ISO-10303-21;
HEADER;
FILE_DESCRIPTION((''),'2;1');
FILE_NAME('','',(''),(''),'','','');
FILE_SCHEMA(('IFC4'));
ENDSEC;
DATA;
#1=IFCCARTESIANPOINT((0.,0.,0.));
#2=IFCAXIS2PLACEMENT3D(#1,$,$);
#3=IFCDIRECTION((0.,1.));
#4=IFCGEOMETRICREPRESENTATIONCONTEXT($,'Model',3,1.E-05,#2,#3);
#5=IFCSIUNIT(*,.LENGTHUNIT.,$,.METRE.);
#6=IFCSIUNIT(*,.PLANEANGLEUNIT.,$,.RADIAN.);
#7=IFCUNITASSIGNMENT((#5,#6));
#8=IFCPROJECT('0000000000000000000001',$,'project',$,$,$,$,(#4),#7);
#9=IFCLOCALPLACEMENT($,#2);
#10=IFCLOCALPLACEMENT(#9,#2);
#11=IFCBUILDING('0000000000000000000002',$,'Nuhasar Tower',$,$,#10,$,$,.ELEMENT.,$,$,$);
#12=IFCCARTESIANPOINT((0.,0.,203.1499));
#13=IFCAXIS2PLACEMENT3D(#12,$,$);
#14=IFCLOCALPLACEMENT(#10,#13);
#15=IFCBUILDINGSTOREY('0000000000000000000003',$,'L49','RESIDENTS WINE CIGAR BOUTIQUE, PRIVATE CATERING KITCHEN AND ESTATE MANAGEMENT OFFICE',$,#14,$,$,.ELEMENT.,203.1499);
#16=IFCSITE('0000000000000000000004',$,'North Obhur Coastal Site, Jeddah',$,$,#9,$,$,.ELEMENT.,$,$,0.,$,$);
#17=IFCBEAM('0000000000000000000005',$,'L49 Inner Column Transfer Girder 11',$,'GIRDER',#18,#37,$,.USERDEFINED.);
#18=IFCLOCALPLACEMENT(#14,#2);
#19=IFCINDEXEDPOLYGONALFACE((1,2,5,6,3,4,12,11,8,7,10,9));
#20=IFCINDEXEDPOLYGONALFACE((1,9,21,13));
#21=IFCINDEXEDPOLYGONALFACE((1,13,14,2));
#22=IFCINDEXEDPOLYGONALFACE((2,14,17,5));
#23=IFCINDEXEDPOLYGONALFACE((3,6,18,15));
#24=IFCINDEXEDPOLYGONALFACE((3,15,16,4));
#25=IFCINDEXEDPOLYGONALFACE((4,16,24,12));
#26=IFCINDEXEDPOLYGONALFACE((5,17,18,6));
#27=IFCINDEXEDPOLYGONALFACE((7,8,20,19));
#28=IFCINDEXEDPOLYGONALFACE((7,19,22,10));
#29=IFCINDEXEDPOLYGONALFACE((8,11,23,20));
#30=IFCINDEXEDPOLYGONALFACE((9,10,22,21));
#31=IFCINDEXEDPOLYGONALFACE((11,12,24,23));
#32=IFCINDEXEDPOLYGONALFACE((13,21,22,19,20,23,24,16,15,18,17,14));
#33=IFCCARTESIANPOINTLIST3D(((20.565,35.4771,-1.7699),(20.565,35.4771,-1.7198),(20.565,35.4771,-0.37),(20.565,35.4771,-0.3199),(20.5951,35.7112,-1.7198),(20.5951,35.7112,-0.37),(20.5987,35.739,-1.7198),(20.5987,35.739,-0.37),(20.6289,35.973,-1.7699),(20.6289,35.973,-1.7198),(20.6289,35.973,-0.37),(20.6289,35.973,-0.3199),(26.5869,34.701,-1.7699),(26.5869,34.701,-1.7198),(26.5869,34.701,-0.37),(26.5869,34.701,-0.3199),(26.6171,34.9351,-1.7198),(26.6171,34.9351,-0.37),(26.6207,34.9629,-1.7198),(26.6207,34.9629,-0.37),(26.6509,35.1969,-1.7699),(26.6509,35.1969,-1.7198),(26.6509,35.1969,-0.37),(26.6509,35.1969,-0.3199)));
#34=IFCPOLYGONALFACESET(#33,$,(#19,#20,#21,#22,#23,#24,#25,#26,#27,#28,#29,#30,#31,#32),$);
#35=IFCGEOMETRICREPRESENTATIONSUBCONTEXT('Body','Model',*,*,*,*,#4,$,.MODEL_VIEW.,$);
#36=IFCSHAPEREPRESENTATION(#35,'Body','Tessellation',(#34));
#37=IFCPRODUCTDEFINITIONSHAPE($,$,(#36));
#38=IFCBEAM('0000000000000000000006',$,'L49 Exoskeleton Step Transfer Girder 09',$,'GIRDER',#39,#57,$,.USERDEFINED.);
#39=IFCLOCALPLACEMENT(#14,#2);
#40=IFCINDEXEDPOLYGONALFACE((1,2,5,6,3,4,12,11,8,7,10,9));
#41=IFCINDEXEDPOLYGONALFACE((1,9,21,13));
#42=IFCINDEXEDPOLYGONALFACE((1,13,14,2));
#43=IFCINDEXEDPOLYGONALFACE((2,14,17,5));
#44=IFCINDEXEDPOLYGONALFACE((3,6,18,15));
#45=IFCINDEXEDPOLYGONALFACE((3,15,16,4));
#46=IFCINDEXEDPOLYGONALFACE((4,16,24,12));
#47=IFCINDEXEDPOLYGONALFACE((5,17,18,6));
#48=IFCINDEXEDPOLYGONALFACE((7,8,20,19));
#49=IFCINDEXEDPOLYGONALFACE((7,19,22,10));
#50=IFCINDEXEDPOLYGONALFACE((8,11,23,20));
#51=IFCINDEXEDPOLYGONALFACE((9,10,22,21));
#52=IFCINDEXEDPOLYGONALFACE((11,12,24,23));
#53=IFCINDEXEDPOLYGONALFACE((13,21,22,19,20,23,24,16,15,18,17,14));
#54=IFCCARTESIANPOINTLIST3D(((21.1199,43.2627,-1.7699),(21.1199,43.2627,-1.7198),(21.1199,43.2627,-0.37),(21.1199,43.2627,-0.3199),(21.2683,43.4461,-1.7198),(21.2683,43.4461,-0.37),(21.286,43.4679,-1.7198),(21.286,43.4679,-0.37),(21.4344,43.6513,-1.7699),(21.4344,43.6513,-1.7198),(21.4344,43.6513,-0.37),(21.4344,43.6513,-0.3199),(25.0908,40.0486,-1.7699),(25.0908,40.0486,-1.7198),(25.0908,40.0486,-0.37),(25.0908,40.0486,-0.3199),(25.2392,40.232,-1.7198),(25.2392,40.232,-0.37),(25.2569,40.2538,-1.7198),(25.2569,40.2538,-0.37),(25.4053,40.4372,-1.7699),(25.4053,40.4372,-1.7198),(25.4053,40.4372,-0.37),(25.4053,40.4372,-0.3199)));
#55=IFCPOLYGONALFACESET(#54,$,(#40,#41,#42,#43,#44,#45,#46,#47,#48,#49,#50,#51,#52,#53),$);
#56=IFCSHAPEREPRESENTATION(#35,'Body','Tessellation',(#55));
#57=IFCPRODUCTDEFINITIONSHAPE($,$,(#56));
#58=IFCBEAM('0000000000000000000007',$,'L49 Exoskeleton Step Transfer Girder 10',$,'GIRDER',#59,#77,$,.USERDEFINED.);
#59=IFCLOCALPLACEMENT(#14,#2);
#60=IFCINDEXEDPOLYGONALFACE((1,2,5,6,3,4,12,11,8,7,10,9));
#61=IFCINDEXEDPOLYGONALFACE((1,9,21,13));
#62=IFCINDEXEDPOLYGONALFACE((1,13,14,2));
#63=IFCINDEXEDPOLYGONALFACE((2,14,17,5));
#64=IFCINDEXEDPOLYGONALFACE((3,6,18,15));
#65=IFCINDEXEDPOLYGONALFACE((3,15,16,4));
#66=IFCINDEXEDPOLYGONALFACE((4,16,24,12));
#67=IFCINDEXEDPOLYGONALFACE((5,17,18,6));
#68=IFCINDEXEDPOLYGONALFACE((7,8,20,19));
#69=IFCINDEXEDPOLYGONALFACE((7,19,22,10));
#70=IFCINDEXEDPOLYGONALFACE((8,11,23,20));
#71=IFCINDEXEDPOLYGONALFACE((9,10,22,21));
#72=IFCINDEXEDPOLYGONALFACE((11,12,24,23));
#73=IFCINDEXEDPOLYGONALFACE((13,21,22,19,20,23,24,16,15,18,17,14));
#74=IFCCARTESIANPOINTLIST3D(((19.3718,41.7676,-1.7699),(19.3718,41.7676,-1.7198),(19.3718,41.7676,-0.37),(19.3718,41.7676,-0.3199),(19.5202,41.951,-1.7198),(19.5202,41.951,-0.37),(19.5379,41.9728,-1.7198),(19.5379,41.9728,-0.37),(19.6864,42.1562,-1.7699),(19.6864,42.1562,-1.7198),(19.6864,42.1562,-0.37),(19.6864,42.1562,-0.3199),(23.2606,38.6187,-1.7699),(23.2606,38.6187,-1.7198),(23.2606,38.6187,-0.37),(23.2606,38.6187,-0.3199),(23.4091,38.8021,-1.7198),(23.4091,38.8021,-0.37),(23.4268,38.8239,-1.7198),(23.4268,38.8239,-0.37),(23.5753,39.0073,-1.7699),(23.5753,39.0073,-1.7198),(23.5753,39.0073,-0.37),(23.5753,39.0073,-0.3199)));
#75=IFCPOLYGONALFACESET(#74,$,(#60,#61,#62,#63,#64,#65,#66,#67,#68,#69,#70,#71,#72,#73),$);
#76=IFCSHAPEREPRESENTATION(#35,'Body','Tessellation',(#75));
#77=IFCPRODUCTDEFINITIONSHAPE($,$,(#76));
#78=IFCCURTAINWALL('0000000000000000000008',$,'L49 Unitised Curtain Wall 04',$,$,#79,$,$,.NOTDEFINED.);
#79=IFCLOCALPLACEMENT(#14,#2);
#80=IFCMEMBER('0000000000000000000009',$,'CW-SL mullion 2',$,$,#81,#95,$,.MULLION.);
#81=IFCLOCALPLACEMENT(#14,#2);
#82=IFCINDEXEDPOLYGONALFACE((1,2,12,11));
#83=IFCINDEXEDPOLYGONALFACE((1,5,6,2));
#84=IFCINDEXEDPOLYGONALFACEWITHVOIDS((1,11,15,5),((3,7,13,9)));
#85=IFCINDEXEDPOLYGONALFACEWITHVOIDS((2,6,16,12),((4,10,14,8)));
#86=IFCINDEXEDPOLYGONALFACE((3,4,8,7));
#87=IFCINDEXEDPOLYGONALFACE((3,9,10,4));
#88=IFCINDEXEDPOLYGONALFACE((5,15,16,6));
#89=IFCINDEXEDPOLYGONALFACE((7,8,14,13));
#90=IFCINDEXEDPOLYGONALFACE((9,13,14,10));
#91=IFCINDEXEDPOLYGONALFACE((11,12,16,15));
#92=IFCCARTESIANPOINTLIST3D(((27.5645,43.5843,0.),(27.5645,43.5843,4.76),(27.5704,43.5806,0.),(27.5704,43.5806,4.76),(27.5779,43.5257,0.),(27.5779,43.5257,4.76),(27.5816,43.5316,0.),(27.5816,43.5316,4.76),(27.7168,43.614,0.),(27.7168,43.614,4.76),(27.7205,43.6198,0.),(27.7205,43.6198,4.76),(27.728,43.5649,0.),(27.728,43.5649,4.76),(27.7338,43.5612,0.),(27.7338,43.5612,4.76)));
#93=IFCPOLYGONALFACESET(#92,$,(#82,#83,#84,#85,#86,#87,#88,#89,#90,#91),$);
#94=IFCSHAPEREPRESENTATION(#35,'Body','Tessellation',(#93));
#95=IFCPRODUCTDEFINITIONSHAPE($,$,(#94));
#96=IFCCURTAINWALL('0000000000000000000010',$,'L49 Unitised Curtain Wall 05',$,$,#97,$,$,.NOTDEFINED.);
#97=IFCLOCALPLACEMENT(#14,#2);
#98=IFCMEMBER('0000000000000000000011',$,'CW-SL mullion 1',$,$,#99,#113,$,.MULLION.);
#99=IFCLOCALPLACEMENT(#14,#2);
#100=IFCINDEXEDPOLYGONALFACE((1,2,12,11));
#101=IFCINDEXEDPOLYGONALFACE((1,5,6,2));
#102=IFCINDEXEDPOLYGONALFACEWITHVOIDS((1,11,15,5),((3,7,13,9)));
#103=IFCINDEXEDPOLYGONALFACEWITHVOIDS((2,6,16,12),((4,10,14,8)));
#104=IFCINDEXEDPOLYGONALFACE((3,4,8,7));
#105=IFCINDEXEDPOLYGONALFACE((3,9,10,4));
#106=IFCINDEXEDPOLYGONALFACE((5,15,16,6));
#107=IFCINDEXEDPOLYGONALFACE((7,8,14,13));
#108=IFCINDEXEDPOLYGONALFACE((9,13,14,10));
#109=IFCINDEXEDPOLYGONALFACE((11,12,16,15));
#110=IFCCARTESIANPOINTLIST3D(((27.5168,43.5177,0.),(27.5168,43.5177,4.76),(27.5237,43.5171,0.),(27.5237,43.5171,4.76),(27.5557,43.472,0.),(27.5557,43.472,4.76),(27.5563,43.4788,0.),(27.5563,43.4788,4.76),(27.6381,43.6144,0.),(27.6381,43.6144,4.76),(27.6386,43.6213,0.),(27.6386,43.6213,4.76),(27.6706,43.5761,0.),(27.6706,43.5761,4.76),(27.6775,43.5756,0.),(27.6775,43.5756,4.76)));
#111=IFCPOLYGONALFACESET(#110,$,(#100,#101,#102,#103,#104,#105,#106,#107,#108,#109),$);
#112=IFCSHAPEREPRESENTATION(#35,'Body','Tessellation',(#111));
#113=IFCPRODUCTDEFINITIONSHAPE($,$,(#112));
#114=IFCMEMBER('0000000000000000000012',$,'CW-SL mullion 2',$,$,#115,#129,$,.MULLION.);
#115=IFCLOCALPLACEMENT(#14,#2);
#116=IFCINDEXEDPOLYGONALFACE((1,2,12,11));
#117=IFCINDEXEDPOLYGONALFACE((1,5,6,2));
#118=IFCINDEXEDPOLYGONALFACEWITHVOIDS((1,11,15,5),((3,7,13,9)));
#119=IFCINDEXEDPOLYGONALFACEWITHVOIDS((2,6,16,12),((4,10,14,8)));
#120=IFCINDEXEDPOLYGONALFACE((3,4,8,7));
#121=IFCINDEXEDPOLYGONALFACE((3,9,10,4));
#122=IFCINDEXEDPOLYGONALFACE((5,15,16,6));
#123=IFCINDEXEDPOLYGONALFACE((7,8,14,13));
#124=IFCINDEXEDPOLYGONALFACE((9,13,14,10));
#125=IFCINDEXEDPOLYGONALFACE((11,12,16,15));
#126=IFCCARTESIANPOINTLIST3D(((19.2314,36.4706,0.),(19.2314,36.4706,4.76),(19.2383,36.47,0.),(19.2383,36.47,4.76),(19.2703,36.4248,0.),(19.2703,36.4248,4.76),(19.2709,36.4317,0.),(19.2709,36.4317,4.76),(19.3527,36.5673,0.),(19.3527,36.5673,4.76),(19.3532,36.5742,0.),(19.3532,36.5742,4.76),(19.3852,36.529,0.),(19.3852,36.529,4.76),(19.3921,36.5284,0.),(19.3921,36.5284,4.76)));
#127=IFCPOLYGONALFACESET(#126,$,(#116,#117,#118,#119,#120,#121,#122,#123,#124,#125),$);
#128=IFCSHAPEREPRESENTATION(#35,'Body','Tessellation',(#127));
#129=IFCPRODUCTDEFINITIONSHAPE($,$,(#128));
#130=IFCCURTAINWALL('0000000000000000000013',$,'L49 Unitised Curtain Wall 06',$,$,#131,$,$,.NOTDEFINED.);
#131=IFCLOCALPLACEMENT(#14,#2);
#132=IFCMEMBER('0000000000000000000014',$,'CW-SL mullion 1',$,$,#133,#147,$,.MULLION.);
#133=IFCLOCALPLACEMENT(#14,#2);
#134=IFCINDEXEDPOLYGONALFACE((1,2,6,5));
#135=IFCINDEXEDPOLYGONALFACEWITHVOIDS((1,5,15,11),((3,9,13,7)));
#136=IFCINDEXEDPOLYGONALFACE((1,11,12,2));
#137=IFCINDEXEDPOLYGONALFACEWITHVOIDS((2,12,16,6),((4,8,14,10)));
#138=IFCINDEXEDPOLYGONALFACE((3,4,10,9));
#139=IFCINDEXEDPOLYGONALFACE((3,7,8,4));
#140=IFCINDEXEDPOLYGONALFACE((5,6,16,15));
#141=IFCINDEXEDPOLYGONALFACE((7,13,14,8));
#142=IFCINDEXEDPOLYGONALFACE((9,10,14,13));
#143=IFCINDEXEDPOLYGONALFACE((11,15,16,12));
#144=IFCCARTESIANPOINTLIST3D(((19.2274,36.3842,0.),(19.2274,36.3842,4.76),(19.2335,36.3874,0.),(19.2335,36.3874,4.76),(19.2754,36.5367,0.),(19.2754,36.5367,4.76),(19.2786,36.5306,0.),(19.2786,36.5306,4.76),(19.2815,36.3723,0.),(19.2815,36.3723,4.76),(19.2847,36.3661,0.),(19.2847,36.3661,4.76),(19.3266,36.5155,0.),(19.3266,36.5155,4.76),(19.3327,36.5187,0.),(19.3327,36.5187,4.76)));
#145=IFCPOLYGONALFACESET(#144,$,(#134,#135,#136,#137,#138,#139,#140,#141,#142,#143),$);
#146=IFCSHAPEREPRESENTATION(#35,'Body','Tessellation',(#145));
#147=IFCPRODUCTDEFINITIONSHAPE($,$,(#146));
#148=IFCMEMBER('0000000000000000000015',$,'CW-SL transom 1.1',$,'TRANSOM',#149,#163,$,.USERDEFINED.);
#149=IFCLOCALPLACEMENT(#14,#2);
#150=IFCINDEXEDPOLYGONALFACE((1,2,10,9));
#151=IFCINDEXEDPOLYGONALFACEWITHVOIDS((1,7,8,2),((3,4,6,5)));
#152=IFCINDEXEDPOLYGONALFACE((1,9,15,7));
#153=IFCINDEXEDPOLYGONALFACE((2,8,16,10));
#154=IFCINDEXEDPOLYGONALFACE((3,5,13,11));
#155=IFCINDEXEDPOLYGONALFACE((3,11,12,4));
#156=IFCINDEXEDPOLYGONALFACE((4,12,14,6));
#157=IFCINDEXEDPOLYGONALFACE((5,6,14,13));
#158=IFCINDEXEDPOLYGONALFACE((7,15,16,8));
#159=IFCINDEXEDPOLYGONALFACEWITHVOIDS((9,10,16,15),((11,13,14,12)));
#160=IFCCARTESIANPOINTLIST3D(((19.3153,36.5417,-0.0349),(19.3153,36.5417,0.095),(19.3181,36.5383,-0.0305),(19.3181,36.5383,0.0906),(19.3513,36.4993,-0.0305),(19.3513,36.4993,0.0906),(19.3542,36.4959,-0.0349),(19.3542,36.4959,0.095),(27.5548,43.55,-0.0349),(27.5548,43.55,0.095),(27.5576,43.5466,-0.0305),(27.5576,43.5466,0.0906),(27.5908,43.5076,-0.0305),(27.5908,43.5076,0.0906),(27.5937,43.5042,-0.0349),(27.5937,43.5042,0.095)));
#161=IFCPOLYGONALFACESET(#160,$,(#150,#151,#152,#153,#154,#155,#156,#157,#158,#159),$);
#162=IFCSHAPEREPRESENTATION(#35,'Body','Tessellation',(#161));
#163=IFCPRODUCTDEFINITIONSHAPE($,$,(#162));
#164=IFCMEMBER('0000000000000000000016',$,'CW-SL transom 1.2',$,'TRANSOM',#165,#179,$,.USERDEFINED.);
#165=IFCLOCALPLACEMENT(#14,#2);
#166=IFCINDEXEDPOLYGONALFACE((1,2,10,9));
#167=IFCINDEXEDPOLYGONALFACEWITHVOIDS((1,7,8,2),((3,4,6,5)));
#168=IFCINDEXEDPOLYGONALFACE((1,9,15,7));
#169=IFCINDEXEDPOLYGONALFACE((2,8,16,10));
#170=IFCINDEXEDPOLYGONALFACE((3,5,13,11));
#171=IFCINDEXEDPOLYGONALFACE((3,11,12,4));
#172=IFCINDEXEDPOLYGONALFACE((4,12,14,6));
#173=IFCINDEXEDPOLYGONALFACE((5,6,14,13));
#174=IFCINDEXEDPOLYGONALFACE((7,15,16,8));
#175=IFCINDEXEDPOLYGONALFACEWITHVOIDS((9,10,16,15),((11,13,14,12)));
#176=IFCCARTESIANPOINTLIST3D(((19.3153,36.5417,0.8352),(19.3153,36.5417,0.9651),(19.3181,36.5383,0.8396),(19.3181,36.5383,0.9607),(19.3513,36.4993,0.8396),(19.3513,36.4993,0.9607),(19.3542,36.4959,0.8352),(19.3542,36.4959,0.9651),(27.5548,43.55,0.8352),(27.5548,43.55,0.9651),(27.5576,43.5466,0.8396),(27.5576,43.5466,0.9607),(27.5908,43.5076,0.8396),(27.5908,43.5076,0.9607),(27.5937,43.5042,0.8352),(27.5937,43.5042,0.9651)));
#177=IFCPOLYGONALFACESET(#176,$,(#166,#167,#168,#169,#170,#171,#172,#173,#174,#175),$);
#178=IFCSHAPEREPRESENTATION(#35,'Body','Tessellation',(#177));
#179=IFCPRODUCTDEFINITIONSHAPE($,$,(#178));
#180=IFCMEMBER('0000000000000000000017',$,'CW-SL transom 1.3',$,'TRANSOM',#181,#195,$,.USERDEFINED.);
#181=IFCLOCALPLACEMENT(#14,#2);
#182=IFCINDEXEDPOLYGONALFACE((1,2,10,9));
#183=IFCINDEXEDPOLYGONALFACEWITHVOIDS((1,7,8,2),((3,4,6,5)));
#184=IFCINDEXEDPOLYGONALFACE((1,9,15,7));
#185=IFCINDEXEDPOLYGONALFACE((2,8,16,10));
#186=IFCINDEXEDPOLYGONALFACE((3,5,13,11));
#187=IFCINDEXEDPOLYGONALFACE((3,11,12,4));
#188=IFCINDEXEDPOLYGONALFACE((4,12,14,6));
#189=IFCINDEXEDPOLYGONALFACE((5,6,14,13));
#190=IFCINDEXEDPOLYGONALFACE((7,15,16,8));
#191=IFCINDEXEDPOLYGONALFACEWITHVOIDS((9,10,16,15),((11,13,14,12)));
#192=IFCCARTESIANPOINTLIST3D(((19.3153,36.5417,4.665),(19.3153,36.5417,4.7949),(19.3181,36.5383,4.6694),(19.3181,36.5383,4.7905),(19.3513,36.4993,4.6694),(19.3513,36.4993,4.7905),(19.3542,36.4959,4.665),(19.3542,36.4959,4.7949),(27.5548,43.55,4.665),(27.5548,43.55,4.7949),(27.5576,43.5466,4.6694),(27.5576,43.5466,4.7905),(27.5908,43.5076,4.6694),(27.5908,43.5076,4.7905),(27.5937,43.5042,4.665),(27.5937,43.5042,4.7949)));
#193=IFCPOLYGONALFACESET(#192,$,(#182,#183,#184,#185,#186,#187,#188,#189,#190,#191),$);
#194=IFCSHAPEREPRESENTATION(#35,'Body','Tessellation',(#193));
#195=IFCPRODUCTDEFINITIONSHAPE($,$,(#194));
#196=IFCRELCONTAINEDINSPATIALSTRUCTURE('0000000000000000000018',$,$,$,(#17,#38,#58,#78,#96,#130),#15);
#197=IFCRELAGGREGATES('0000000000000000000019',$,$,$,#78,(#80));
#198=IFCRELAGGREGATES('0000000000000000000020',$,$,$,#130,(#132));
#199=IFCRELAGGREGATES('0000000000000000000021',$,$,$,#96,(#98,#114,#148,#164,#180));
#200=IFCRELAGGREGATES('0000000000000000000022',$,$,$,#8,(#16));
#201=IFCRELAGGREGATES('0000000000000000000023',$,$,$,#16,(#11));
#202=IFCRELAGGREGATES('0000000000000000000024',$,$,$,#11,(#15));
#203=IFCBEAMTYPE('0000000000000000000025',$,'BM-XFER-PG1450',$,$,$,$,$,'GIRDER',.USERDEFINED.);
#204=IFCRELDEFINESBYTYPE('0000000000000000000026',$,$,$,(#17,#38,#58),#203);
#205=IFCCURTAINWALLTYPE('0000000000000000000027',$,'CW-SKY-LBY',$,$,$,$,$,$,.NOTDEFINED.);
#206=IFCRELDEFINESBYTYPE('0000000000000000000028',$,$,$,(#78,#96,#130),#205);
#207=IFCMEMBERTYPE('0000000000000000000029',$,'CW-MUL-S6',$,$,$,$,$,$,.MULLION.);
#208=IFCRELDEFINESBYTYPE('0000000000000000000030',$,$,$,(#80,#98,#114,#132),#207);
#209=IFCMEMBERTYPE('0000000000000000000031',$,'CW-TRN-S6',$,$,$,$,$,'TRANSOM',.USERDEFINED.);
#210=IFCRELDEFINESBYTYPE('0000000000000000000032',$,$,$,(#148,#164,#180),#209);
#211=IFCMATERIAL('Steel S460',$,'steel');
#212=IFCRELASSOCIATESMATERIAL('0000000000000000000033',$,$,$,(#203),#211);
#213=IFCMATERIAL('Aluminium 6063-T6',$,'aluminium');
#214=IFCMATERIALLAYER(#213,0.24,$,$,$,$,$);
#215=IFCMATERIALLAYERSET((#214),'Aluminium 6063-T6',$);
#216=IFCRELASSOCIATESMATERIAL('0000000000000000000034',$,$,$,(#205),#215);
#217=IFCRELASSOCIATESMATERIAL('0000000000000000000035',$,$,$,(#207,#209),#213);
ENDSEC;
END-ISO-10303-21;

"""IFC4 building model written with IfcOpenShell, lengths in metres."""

from ifc_helpers import new_model, si_unit, direction, frame, origin, origin_2d, place, context, subcontext, project, spatial, hollow_rectangle, i_section, extrude, material, layer, layer_set, material_profile, profile_set, type_object, element, aggregate, save


model = new_model("IFC4")

# Units and contexts
model_context = context("Model", 3, precision=1e-05, world=origin(), true_north=direction((0.0, 1.0)))
body_context = subcontext(model_context, "Body", "Model", "MODEL_VIEW")
ifc_project = project(units=[si_unit("LENGTHUNIT", "METRE"), si_unit("PLANEANGLEUNIT", "RADIAN")], contexts=[model_context])

# Site, building, storey
site_placement = place(None, origin())
site = spatial("IfcSite", under=ifc_project, at=site_placement, Name="North Obhur Coastal Site, Jeddah", CompositionType="ELEMENT", RefElevation=0.0)
building_placement = place(site_placement, origin())
building = spatial("IfcBuilding", under=site, at=building_placement, Name="Nuhasar Tower", CompositionType="ELEMENT")
storey_placement = place(building_placement, frame((0.0, 0.0, 203.1499)))
storey = spatial("IfcBuildingStorey", under=building, at=storey_placement, Name="L49", Description="RESIDENTS WINE CIGAR BOUTIQUE, PRIVATE CATERING KITCHEN AND ESTATE MANAGEMENT OFFICE", CompositionType="ELEMENT", Elevation=203.1499)

# Beams
ifc_material_1 = material(Name="Steel S460", Category="steel")
ifc_material_profile_1 = material_profile(ifc_material_1, i_section(OverallWidth=0.5, OverallDepth=1.45, WebThickness=0.0281, FlangeThickness=0.05, at=origin_2d()), Name="PG1450X500")
ifc_profile_set_1 = profile_set([ifc_material_profile_1], Name="Steel S460")
beam_type_1 = type_object("IfcBeamType", Name="BM-XFER-PG1450", ElementType="GIRDER", PredefinedType="USERDEFINED", material=ifc_profile_set_1)
beam_1_placement = place(storey_placement, frame((26.6189, 34.949, -1.0449), z_axis=(-0.991797, 0.127825, 0.0), x_axis=(-0.127825, -0.991797, 0.0)))
element("IfcBeam", 1, at=beam_1_placement, inside=storey, type_object=beam_type_1, Name="L49 Inner Column Transfer Girder 11", ObjectType="GIRDER", PredefinedType="USERDEFINED", context=body_context, shape_type="SweptSolid", body=[
    extrude(i_section(OverallWidth=0.5, OverallDepth=1.45, WebThickness=0.0281, FlangeThickness=0.05, at=origin_2d()), origin(), (0.0, 0.0, 1.0), 6.0718),
])
beam_2_placement = place(storey_placement, frame((25.248, 40.2429, -1.0449), z_axis=(-0.777289, 0.629143, 0.0), x_axis=(-0.629143, -0.777289, 0.0)))
element("IfcBeam", 2, at=beam_2_placement, inside=storey, type_object=beam_type_1, Name="L49 Exoskeleton Step Transfer Girder 09", ObjectType="GIRDER", PredefinedType="USERDEFINED", context=body_context, shape_type="SweptSolid", body=[
    extrude(i_section(OverallWidth=0.5, OverallDepth=1.45, WebThickness=0.0281, FlangeThickness=0.05, at=origin_2d()), origin(), (0.0, 0.0, 1.0), 5.1086),
])
beam_3_placement = place(storey_placement, frame((23.418, 38.813, -1.0449), z_axis=(-0.777171, 0.629289, 0.0), x_axis=(-0.629289, -0.777171, 0.0)))
element("IfcBeam", 3, at=beam_3_placement, inside=storey, type_object=beam_type_1, Name="L49 Exoskeleton Step Transfer Girder 10", ObjectType="GIRDER", PredefinedType="USERDEFINED", context=body_context, shape_type="SweptSolid", body=[
    extrude(i_section(OverallWidth=0.5, OverallDepth=1.45, WebThickness=0.0281, FlangeThickness=0.05, at=origin_2d()), origin(), (0.0, 0.0, 1.0), 5.0039),
])

# Curtain wall, member
ifc_material_2 = material(Name="Aluminium 6063-T6", Category="aluminium")
ifc_layer_1 = layer(ifc_material_2, 0.24)
ifc_layer_set_1 = layer_set([ifc_layer_1], Name="Aluminium 6063-T6")
curtain_wall_type = type_object("IfcCurtainWallType", Name="CW-SKY-LBY", PredefinedType="NOTDEFINED", material=ifc_layer_set_1)
curtain_wall_1_placement = place(storey_placement, origin())
curtain_wall_1 = element("IfcCurtainWall", 4, at=curtain_wall_1_placement, inside=storey, type_object=curtain_wall_type, Name="L49 Unitised Curtain Wall 04", PredefinedType="NOTDEFINED")
ifc_material_profile_2 = material_profile(ifc_material_2, hollow_rectangle(XDim=0.0601, YDim=0.1599, WallThickness=0.0049, at=origin_2d()), Name="CWM-6")
ifc_profile_set_2 = profile_set([ifc_material_profile_2], Name="Aluminium 6063-T6")
member_type_1 = type_object("IfcMemberType", Name="CW-MUL-S6", PredefinedType="MULLION", material=ifc_profile_set_2)
member_1_placement = place(storey_placement, frame((27.6492, 43.5728, 0.0), z_axis=(0.0, 0.0, 1.0), x_axis=(0.222243, -0.974991, 0.0)))
member_1 = element("IfcMember", 5, at=member_1_placement, type_object=member_type_1, Name="CW-SL mullion 2", PredefinedType="MULLION", context=body_context, shape_type="SweptSolid", body=[
    extrude(hollow_rectangle(XDim=0.0601, YDim=0.1599, WallThickness=0.0049, at=origin_2d()), origin(), (0.0, 0.0, 1.0), 4.76),
])
aggregate(curtain_wall_1, [member_1])

# Curtain wall, members
curtain_wall_2_placement = place(storey_placement, origin())
curtain_wall_2 = element("IfcCurtainWall", 6, at=curtain_wall_2_placement, inside=storey, type_object=curtain_wall_type, Name="L49 Unitised Curtain Wall 05", PredefinedType="NOTDEFINED")
member_2_placement = place(storey_placement, frame((27.5972, 43.5466, 0.0), z_axis=(0.0, 0.0, 1.0), x_axis=(0.647895, -0.761729, 0.0)))
member_2 = element("IfcMember", 7, at=member_2_placement, type_object=member_type_1, Name="CW-SL mullion 1", PredefinedType="MULLION", context=body_context, shape_type="SweptSolid", body=[
    extrude(hollow_rectangle(XDim=0.0601, YDim=0.1599, WallThickness=0.0049, at=origin_2d()), origin(), (0.0, 0.0, 1.0), 4.76),
])
member_3_placement = place(storey_placement, frame((19.3118, 36.4995, 0.0), z_axis=(0.0, 0.0, 1.0), x_axis=(0.647895, -0.761729, 0.0)))
member_3 = element("IfcMember", 8, at=member_3_placement, type_object=member_type_1, Name="CW-SL mullion 2", PredefinedType="MULLION", context=body_context, shape_type="SweptSolid", body=[
    extrude(hollow_rectangle(XDim=0.0601, YDim=0.1599, WallThickness=0.0049, at=origin_2d()), origin(), (0.0, 0.0, 1.0), 4.76),
])

# Curtain wall, member
curtain_wall_3_placement = place(storey_placement, origin())
curtain_wall_3 = element("IfcCurtainWall", 9, at=curtain_wall_3_placement, inside=storey, type_object=curtain_wall_type, Name="L49 Unitised Curtain Wall 06", PredefinedType="NOTDEFINED")
member_4_placement = place(storey_placement, frame((19.28, 36.4514, 0.0), z_axis=(0.0, 0.0, 1.0), x_axis=(0.953804, -0.300429, 0.0)))
member_4 = element("IfcMember", 10, at=member_4_placement, type_object=member_type_1, Name="CW-SL mullion 1", PredefinedType="MULLION", context=body_context, shape_type="SweptSolid", body=[
    extrude(hollow_rectangle(XDim=0.0601, YDim=0.1599, WallThickness=0.0049, at=origin_2d()), origin(), (0.0, 0.0, 1.0), 4.76),
])

# Members
ifc_material_profile_3 = material_profile(ifc_material_2, hollow_rectangle(XDim=0.0601, YDim=0.1299, WallThickness=0.0044, at=origin_2d()), Name="CWT-6")
ifc_profile_set_3 = profile_set([ifc_material_profile_3], Name="Aluminium 6063-T6")
member_type_2 = type_object("IfcMemberType", Name="CW-TRN-S6", ElementType="TRANSOM", PredefinedType="USERDEFINED", material=ifc_profile_set_3)
member_5_placement = place(storey_placement, frame((27.5742, 43.5271, 0.03), z_axis=(-0.761724, -0.647902, 0.0), x_axis=(0.647902, -0.761724, 0.0)))
member_5 = element("IfcMember", 11, at=member_5_placement, type_object=member_type_2, Name="CW-SL transom 1.1", ObjectType="TRANSOM", PredefinedType="USERDEFINED", context=body_context, shape_type="SweptSolid", body=[
    extrude(hollow_rectangle(XDim=0.0601, YDim=0.1299, WallThickness=0.0044, at=origin_2d()), origin(), (0.0, 0.0, 1.0), 10.8169),
])
member_6_placement = place(storey_placement, frame((27.5742, 43.5271, 0.9001), z_axis=(-0.761724, -0.647902, 0.0), x_axis=(0.647902, -0.761724, 0.0)))
member_6 = element("IfcMember", 12, at=member_6_placement, type_object=member_type_2, Name="CW-SL transom 1.2", ObjectType="TRANSOM", PredefinedType="USERDEFINED", context=body_context, shape_type="SweptSolid", body=[
    extrude(hollow_rectangle(XDim=0.0601, YDim=0.1299, WallThickness=0.0044, at=origin_2d()), origin(), (0.0, 0.0, 1.0), 10.8169),
])
member_7_placement = place(storey_placement, frame((27.5742, 43.5271, 4.73), z_axis=(-0.761724, -0.647902, 0.0), x_axis=(0.647902, -0.761724, 0.0)))
member_7 = element("IfcMember", 13, at=member_7_placement, type_object=member_type_2, Name="CW-SL transom 1.3", ObjectType="TRANSOM", PredefinedType="USERDEFINED", context=body_context, shape_type="SweptSolid", body=[
    extrude(hollow_rectangle(XDim=0.0601, YDim=0.1299, WallThickness=0.0044, at=origin_2d()), origin(), (0.0, 0.0, 1.0), 10.8169),
])
aggregate(curtain_wall_3, [member_4])

aggregate(curtain_wall_2, [member_2, member_3, member_5, member_6, member_7])

save(model, "model.ifc")
